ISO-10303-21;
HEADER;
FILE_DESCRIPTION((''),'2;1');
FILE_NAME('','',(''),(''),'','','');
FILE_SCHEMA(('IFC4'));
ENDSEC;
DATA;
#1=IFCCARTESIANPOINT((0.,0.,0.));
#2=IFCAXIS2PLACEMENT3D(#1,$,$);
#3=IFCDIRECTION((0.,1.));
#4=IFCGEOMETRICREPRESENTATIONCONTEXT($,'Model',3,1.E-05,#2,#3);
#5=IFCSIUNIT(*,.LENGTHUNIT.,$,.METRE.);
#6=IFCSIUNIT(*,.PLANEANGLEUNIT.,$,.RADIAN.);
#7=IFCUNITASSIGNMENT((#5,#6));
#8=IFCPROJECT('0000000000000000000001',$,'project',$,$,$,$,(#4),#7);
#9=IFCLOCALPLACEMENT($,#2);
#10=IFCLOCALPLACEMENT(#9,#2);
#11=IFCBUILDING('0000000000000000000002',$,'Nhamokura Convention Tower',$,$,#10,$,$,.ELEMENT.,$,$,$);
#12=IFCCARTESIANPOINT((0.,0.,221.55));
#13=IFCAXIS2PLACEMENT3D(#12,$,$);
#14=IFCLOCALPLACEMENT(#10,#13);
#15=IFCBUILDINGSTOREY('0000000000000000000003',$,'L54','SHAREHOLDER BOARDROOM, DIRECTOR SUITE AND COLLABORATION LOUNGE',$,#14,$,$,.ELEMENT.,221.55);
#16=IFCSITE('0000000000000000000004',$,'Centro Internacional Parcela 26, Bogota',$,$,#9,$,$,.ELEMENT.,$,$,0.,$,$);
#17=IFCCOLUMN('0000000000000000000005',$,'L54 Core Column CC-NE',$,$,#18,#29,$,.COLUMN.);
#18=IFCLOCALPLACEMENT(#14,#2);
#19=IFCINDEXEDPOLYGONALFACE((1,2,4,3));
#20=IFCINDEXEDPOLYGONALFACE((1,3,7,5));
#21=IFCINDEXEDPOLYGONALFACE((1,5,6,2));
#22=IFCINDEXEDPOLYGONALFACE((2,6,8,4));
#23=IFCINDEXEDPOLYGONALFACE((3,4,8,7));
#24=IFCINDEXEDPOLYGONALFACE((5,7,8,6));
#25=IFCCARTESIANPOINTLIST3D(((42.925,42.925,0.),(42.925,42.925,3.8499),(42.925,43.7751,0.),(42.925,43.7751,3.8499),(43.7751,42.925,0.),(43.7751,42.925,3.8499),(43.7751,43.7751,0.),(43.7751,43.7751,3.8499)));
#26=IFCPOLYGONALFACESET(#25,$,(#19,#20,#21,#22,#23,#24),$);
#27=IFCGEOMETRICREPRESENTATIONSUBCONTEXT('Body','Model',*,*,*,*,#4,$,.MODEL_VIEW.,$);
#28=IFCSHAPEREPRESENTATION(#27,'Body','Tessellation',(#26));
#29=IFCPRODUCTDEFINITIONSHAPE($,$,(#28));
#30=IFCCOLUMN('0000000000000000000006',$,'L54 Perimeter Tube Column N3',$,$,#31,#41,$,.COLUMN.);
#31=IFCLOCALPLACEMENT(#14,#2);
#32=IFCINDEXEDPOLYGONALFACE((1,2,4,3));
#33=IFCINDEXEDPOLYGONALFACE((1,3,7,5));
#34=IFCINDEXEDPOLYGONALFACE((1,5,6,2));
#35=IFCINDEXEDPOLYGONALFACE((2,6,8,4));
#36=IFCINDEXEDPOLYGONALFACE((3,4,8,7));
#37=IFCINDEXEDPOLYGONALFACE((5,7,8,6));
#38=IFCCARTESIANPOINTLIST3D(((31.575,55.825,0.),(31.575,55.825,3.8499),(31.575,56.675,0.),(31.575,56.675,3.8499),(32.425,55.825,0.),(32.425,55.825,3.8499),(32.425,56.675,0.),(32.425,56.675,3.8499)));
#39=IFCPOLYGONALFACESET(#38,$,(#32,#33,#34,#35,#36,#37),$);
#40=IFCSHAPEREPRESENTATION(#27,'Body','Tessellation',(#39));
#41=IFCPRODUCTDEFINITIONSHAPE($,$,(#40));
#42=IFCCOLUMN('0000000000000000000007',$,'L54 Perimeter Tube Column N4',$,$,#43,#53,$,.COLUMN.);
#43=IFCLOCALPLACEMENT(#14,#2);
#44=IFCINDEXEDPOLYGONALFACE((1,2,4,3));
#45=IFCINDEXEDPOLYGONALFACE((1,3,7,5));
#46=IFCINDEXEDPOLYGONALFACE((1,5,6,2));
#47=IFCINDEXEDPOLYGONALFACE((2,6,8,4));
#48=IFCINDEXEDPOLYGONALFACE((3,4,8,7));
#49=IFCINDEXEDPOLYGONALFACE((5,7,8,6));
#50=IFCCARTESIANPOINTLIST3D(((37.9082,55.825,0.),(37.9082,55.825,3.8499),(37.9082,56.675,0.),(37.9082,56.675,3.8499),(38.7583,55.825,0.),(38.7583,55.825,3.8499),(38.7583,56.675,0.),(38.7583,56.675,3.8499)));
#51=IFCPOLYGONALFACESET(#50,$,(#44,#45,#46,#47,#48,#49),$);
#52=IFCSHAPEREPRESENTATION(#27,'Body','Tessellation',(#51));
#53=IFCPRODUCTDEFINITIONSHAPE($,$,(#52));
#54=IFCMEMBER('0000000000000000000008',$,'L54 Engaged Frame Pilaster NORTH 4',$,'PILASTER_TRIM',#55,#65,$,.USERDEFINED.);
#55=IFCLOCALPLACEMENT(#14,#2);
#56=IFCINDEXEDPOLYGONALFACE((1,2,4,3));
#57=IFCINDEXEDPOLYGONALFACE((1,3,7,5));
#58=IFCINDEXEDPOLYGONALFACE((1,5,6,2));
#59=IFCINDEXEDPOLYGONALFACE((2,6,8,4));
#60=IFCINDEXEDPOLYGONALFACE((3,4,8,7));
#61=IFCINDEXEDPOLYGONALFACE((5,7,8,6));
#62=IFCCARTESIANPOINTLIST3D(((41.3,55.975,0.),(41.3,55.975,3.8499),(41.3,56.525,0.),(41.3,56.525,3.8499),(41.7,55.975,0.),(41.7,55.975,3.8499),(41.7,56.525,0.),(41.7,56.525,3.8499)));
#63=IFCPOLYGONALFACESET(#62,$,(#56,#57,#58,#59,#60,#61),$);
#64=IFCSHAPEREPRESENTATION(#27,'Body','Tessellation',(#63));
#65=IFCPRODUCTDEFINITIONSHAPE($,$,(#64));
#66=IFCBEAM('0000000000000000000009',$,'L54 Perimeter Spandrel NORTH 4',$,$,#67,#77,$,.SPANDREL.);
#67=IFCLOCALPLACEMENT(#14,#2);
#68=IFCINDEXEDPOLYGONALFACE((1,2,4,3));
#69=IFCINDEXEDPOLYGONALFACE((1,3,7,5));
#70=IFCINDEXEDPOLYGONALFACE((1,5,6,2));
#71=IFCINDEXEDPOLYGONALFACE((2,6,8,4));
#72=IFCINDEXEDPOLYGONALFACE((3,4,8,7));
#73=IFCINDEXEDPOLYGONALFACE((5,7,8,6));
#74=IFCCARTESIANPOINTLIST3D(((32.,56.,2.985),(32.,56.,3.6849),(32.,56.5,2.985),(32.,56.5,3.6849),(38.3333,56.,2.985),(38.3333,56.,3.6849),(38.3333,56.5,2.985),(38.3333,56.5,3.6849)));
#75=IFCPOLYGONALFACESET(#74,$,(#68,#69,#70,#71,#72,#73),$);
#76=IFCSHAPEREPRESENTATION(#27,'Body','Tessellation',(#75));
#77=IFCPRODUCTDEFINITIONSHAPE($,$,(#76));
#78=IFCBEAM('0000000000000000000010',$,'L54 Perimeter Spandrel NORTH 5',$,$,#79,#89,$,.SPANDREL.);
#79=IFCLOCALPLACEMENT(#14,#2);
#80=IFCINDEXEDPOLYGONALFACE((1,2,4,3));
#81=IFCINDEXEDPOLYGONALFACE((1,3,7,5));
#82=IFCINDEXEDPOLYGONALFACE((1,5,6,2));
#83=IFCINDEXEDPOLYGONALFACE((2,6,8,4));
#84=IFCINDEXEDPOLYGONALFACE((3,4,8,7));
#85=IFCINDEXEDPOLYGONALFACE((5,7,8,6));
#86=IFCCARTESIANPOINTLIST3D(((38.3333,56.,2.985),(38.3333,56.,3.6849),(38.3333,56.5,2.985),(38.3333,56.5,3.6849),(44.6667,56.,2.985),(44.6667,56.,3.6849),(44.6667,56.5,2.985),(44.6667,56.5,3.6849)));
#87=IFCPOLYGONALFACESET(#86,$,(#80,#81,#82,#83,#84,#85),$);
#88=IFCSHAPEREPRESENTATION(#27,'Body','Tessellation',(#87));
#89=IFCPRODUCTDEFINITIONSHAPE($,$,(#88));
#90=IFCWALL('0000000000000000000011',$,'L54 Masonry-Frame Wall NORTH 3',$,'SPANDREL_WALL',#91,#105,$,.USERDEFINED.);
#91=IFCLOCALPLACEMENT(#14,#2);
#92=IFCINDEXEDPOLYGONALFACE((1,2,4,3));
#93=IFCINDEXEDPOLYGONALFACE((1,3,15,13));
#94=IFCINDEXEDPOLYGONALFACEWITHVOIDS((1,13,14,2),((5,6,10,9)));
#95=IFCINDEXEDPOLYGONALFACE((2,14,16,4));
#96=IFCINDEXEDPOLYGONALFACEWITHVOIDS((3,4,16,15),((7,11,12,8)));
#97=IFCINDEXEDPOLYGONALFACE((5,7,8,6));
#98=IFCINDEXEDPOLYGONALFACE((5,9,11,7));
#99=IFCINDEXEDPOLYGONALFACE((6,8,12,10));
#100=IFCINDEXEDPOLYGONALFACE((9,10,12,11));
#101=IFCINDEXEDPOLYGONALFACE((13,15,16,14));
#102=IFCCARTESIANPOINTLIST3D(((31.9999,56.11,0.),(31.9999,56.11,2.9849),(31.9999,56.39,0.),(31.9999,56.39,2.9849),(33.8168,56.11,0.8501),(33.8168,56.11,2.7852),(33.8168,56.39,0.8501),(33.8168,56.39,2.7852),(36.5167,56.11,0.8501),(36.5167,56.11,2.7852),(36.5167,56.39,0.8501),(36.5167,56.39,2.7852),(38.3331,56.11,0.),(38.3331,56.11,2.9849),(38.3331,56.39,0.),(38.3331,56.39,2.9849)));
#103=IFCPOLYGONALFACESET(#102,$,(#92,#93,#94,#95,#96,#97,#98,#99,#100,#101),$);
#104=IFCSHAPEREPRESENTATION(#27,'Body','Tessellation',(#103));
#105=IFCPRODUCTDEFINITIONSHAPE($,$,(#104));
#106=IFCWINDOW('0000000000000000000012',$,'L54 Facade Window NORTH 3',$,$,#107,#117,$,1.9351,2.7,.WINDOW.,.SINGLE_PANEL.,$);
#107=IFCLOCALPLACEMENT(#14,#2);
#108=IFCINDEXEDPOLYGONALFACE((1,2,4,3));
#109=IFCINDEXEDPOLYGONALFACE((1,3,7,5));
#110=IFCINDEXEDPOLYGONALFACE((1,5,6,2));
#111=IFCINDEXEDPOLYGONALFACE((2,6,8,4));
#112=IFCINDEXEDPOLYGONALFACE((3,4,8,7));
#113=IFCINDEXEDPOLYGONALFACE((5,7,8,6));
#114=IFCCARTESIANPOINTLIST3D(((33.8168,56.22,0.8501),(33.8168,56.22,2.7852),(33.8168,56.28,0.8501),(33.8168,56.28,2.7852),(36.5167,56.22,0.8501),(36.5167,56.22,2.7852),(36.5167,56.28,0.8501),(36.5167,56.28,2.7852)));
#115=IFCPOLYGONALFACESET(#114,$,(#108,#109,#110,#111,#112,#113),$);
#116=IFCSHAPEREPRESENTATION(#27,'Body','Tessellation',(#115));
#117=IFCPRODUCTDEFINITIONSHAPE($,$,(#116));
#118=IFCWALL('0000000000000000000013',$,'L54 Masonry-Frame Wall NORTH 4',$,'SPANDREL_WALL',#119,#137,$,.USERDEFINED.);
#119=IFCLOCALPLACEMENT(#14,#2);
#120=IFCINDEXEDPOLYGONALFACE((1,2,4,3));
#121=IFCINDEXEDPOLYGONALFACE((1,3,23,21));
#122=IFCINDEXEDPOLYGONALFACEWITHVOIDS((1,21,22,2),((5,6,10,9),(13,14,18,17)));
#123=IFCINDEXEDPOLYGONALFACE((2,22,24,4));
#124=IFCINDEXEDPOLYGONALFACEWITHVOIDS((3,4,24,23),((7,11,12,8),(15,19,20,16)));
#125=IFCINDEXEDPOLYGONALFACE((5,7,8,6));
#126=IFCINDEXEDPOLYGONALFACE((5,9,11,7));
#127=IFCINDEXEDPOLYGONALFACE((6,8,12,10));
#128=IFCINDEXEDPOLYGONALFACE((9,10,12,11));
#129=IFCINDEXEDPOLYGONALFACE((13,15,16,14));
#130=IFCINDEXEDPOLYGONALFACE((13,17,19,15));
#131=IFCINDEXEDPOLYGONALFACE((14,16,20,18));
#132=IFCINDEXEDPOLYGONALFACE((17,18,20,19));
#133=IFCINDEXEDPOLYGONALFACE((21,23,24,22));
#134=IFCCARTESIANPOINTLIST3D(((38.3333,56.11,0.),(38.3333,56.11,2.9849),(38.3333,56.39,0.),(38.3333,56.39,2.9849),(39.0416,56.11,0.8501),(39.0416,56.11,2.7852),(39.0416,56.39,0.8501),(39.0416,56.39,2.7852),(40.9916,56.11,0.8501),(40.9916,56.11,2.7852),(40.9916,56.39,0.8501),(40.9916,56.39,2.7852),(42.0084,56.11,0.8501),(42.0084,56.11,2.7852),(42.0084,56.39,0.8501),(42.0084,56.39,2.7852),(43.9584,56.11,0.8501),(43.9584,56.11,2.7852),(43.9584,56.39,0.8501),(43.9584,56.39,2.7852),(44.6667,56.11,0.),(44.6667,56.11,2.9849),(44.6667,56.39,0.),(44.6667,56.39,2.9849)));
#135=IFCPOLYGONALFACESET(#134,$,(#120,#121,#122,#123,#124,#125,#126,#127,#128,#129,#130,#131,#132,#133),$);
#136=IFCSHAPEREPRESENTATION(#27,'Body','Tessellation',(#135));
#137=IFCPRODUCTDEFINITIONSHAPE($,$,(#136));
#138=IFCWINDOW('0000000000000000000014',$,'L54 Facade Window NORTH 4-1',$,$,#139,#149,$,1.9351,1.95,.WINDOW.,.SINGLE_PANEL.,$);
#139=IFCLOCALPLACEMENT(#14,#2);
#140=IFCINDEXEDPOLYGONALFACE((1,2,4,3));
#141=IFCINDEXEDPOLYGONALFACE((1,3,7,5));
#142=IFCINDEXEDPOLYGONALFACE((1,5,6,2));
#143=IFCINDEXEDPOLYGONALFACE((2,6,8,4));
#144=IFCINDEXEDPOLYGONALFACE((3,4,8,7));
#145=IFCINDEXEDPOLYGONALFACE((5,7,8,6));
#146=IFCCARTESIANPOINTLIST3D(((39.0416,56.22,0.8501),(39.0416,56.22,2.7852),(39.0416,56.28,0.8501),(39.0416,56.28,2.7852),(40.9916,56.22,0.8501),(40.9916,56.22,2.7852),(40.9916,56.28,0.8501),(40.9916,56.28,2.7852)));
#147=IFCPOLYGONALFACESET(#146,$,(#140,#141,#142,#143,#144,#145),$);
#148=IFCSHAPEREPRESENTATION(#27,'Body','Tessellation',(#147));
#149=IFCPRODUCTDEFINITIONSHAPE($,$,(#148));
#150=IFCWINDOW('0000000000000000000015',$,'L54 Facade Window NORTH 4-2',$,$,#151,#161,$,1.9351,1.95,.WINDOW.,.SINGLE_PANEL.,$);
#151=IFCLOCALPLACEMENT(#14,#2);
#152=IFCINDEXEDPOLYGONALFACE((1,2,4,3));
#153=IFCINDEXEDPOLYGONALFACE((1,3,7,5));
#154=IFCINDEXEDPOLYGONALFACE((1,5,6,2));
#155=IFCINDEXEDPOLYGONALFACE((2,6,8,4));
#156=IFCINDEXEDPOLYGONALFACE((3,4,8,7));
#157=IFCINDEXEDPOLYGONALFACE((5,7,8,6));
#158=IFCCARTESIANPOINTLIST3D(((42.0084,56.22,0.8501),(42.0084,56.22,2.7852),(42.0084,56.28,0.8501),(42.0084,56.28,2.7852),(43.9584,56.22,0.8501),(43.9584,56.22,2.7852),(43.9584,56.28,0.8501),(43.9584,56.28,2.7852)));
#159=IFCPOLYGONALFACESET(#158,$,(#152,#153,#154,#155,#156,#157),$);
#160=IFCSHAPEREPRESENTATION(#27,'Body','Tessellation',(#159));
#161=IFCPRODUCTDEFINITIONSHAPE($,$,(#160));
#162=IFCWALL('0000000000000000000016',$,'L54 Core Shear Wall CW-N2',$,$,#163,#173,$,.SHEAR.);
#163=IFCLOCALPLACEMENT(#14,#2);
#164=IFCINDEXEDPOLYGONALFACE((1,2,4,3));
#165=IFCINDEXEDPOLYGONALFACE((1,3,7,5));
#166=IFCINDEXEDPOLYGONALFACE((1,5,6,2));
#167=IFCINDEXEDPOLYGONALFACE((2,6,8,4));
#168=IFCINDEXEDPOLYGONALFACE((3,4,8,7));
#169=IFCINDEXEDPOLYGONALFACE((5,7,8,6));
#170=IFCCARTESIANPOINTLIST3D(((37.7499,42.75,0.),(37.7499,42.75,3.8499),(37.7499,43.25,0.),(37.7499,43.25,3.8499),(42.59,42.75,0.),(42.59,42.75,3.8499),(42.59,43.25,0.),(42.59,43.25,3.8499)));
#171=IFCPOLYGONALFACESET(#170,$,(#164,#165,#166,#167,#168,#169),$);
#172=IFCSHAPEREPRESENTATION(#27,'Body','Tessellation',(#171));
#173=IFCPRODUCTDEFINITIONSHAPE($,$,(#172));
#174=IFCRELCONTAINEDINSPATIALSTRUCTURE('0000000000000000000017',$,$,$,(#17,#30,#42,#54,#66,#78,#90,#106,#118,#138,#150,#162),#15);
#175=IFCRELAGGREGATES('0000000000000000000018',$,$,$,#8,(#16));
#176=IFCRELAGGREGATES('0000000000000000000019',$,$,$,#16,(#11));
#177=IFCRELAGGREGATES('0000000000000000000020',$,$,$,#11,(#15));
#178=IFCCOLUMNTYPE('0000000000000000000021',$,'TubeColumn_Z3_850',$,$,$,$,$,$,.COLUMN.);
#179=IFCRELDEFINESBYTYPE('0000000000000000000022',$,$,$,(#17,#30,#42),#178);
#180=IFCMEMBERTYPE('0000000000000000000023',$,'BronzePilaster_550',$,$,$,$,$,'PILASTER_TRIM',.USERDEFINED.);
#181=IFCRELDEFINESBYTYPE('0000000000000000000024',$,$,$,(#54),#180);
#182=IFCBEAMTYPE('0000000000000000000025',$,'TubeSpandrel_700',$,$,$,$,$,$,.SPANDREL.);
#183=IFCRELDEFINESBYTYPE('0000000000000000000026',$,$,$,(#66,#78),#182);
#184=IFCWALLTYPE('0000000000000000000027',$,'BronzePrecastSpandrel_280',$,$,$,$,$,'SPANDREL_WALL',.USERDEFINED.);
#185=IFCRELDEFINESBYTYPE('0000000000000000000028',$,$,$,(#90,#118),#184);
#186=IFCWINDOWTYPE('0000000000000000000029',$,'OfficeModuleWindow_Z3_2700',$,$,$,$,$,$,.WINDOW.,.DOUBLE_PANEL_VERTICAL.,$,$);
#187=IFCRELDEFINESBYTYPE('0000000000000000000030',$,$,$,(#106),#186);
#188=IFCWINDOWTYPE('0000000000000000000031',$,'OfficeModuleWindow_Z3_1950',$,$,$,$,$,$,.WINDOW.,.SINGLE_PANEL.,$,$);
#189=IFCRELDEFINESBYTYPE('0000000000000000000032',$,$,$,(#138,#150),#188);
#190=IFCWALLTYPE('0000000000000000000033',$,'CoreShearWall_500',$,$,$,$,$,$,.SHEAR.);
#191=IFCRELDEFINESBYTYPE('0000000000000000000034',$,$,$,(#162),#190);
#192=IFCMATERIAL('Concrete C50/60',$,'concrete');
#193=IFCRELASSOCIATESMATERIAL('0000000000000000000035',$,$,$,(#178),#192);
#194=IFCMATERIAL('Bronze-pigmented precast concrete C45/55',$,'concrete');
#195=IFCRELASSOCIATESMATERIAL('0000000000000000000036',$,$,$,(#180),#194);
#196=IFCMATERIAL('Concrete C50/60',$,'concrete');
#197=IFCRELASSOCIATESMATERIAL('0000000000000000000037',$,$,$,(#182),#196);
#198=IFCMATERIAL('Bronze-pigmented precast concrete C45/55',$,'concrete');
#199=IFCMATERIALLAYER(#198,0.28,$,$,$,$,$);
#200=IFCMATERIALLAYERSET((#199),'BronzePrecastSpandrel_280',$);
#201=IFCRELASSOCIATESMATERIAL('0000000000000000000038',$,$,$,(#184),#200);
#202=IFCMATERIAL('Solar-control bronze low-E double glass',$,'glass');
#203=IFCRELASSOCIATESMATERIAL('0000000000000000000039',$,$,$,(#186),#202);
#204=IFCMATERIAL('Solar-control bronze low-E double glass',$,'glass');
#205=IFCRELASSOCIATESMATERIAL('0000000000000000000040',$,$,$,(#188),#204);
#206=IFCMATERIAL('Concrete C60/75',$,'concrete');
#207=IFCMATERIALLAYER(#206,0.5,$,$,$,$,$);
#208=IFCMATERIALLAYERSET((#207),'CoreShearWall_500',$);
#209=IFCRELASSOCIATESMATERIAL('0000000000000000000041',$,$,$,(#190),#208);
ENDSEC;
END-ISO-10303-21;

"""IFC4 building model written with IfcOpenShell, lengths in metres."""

from ifc_helpers import new_model, si_unit, direction, frame, frame_2d, origin, origin_2d, place, context, subcontext, project, spatial, rectangle, extrude, material, layer, layer_set, material_profile, profile_set, type_object, element, fill, save


model = new_model("IFC4")

# Units and contexts
model_context = context("Model", 3, precision=1e-05, world=origin(), true_north=direction((0.0, 1.0)))
body_context = subcontext(model_context, "Body", "Model", "MODEL_VIEW")
ifc_project = project(units=[si_unit("LENGTHUNIT", "METRE"), si_unit("PLANEANGLEUNIT", "RADIAN")], contexts=[model_context])

# Site, building, storey
site_placement = place(None, origin())
site = spatial("IfcSite", under=ifc_project, at=site_placement, Name="Centro Internacional Parcela 26, Bogota", CompositionType="ELEMENT", RefElevation=0.0)
building_placement = place(site_placement, origin())
building = spatial("IfcBuilding", under=site, at=building_placement, Name="Nhamokura Convention Tower", CompositionType="ELEMENT")
storey_placement = place(building_placement, frame((0.0, 0.0, 221.55)))
storey = spatial("IfcBuildingStorey", under=building, at=storey_placement, Name="L54", Description="SHAREHOLDER BOARDROOM, DIRECTOR SUITE AND COLLABORATION LOUNGE", CompositionType="ELEMENT", Elevation=221.55)

# Columns
ifc_material_1 = material(Name="Concrete C50/60", Category="concrete")
ifc_material_profile_1 = material_profile(ifc_material_1, rectangle(XDim=0.8501, YDim=0.8501, at=origin_2d()))
ifc_profile_set_1 = profile_set([ifc_material_profile_1], Name="Concrete C50/60")
column_type = type_object("IfcColumnType", Name="TubeColumn_Z3_850", PredefinedType="COLUMN", material=ifc_profile_set_1)
for number, where, z_axis, x_axis, name in (
    (1, (43.3501, 43.3501, 0.0), (0.0, 0.0, 1.0), (1.0, 0.0, 0.0), "L54 Core Column CC-NE"),
    (2, (32.0, 56.25, 0.0), (0.0, 0.0, 1.0), (1.0, 0.0, 0.0), "L54 Perimeter Tube Column N3"),
    (3, (38.3333, 56.25, 0.0), (0.0, 0.0, 1.0), (1.0, 0.0, 0.0), "L54 Perimeter Tube Column N4"),
):
    element("IfcColumn", number, at=place(storey_placement, frame(where, z_axis=z_axis, x_axis=x_axis)), inside=storey, type_object=column_type, Name=name, PredefinedType="COLUMN", context=body_context, shape_type="SweptSolid", body=[
        extrude(rectangle(XDim=0.8501, YDim=0.8501, at=origin_2d()), origin(), (0.0, 0.0, 1.0), 3.8499),
    ])

# Member
ifc_material_2 = material(Name="Bronze-pigmented precast concrete C45/55", Category="concrete")
ifc_material_profile_2 = material_profile(ifc_material_2, rectangle(XDim=0.3999, YDim=0.55, at=origin_2d()))
ifc_profile_set_2 = profile_set([ifc_material_profile_2], Name="Bronze-pigmented precast concrete C45/55")
member_type = type_object("IfcMemberType", Name="BronzePilaster_550", ElementType="PILASTER_TRIM", PredefinedType="USERDEFINED", material=ifc_profile_set_2)
member_placement = place(storey_placement, frame((41.5, 56.25, 0.0), z_axis=(0.0, 0.0, 1.0), x_axis=(1.0, 0.0, 0.0)))
element("IfcMember", 4, at=member_placement, inside=storey, type_object=member_type, Name="L54 Engaged Frame Pilaster NORTH 4", ObjectType="PILASTER_TRIM", PredefinedType="USERDEFINED", context=body_context, shape_type="SweptSolid", body=[
    extrude(rectangle(XDim=0.3999, YDim=0.55, at=origin_2d()), origin(), (0.0, 0.0, 1.0), 3.8499),
])

# Beams
ifc_material_3 = material(Name="Concrete C50/60", Category="concrete")
ifc_material_profile_3 = material_profile(ifc_material_3, rectangle(XDim=0.5, YDim=0.7, at=origin_2d()))
ifc_profile_set_3 = profile_set([ifc_material_profile_3], Name="Concrete C50/60")
beam_type = type_object("IfcBeamType", Name="TubeSpandrel_700", PredefinedType="SPANDREL", material=ifc_profile_set_3)
beam_1_placement = place(storey_placement, frame((32.0, 56.25, 3.335), z_axis=(1.0, 0.0, 0.0), x_axis=(0.0, 1.0, 0.0)))
element("IfcBeam", 5, at=beam_1_placement, inside=storey, type_object=beam_type, Name="L54 Perimeter Spandrel NORTH 4", PredefinedType="SPANDREL", context=body_context, shape_type="SweptSolid", body=[
    extrude(rectangle(XDim=0.5, YDim=0.7, at=origin_2d()), origin(), (0.0, 0.0, 1.0), 6.3333),
])
beam_2_placement = place(storey_placement, frame((38.3333, 56.25, 3.335), z_axis=(1.0, 0.0, 0.0), x_axis=(0.0, 1.0, 0.0)))
element("IfcBeam", 6, at=beam_2_placement, inside=storey, type_object=beam_type, Name="L54 Perimeter Spandrel NORTH 5", PredefinedType="SPANDREL", context=body_context, shape_type="SweptSolid", body=[
    extrude(rectangle(XDim=0.5, YDim=0.7, at=origin_2d()), origin(), (0.0, 0.0, 1.0), 6.3335),
])

# Wall, opening, window
ifc_material_4 = material(Name="Bronze-pigmented precast concrete C45/55", Category="concrete")
ifc_layer_1 = layer(ifc_material_4, 0.28)
ifc_layer_set_1 = layer_set([ifc_layer_1], Name="BronzePrecastSpandrel_280")
wall_type_1 = type_object("IfcWallType", Name="BronzePrecastSpandrel_280", ElementType="SPANDREL_WALL", PredefinedType="USERDEFINED", material=ifc_layer_set_1)
wall_1_placement = place(storey_placement, frame((32.0, 56.25, 0.0), z_axis=(0.0, 0.0, 1.0), x_axis=(1.0, 0.0, 0.0)))
wall_1 = element("IfcWall", 7, at=wall_1_placement, inside=storey, type_object=wall_type_1, Name="L54 Masonry-Frame Wall NORTH 3", ObjectType="SPANDREL_WALL", PredefinedType="USERDEFINED", context=body_context, shape_type="SweptSolid", body=[
    extrude(rectangle(XDim=6.3333, YDim=0.28, at=frame_2d((3.1665, 0.0))), origin(), (0.0, 0.0, 1.0), 2.9849),
])
opening_1_placement = place(wall_1_placement, frame((1.8167, 0.0, 0.8501)))
opening_1 = element("IfcOpeningElement", 8, at=opening_1_placement, cuts=wall_1, PredefinedType="OPENING", context=body_context, shape_type="SweptSolid", body=[
    extrude(rectangle(XDim=2.7, YDim=1.9351, at=frame_2d((1.3501, 0.9675))), frame((0.0, 0.1499, 0.0), z_axis=(0.0, -1.0, 0.0), x_axis=(1.0, 0.0, 0.0)), (0.0, 0.0, 1.0), 0.3),
])
ifc_material_5 = material(Name="Solar-control bronze low-E double glass", Category="glass")
window_type_1 = type_object("IfcWindowType", Name="OfficeModuleWindow_Z3_2700", PartitioningType="DOUBLE_PANEL_VERTICAL", PredefinedType="WINDOW", material=ifc_material_5)
window_1_placement = place(opening_1_placement, origin())
window_1 = element("IfcWindow", 9, at=window_1_placement, inside=storey, type_object=window_type_1, Name="L54 Facade Window NORTH 3", OverallHeight=1.9351, OverallWidth=2.7, PartitioningType="SINGLE_PANEL", PredefinedType="WINDOW", context=body_context, shape_type="SweptSolid", body=[
    extrude(rectangle(XDim=2.7, YDim=1.9351, at=frame_2d((1.3501, 0.9675))), frame((0.0, 0.03, 0.0), z_axis=(0.0, -1.0, 0.0), x_axis=(1.0, 0.0, 0.0)), (0.0, 0.0, 1.0), 0.0601),
])
fill(opening_1, window_1)

# Wall, openings, windows
wall_2_placement = place(storey_placement, frame((38.3333, 56.25, 0.0), z_axis=(0.0, 0.0, 1.0), x_axis=(1.0, 0.0, 0.0)))
wall_2 = element("IfcWall", 10, at=wall_2_placement, inside=storey, type_object=wall_type_1, Name="L54 Masonry-Frame Wall NORTH 4", ObjectType="SPANDREL_WALL", PredefinedType="USERDEFINED", context=body_context, shape_type="SweptSolid", body=[
    extrude(rectangle(XDim=6.3335, YDim=0.28, at=frame_2d((3.1667, 0.0))), origin(), (0.0, 0.0, 1.0), 2.9849),
])
opening_2_placement = place(wall_2_placement, frame((0.7083, 0.0, 0.8501)))
opening_2 = element("IfcOpeningElement", 11, at=opening_2_placement, cuts=wall_2, PredefinedType="OPENING", context=body_context, shape_type="SweptSolid", body=[
    extrude(rectangle(XDim=1.95, YDim=1.9351, at=frame_2d((0.9751, 0.9675))), frame((0.0, 0.1499, 0.0), z_axis=(0.0, -1.0, 0.0), x_axis=(1.0, 0.0, 0.0)), (0.0, 0.0, 1.0), 0.3),
])
opening_3_placement = place(wall_2_placement, frame((3.675, 0.0, 0.8501)))
opening_3 = element("IfcOpeningElement", 12, at=opening_3_placement, cuts=wall_2, PredefinedType="OPENING", context=body_context, shape_type="SweptSolid", body=[
    extrude(rectangle(XDim=1.95, YDim=1.9351, at=frame_2d((0.9751, 0.9675))), frame((0.0, 0.1499, 0.0), z_axis=(0.0, -1.0, 0.0), x_axis=(1.0, 0.0, 0.0)), (0.0, 0.0, 1.0), 0.3),
])
ifc_material_6 = material(Name="Solar-control bronze low-E double glass", Category="glass")
window_type_2 = type_object("IfcWindowType", Name="OfficeModuleWindow_Z3_1950", PartitioningType="SINGLE_PANEL", PredefinedType="WINDOW", material=ifc_material_6)
window_2_placement = place(opening_2_placement, origin())
window_2 = element("IfcWindow", 13, at=window_2_placement, inside=storey, type_object=window_type_2, Name="L54 Facade Window NORTH 4-1", OverallHeight=1.9351, OverallWidth=1.95, PartitioningType="SINGLE_PANEL", PredefinedType="WINDOW", context=body_context, shape_type="SweptSolid", body=[
    extrude(rectangle(XDim=1.95, YDim=1.9351, at=frame_2d((0.9751, 0.9675))), frame((0.0, 0.03, 0.0), z_axis=(0.0, -1.0, 0.0), x_axis=(1.0, 0.0, 0.0)), (0.0, 0.0, 1.0), 0.0601),
])
fill(opening_2, window_2)
window_3_placement = place(opening_3_placement, origin())
window_3 = element("IfcWindow", 14, at=window_3_placement, inside=storey, type_object=window_type_2, Name="L54 Facade Window NORTH 4-2", OverallHeight=1.9351, OverallWidth=1.95, PartitioningType="SINGLE_PANEL", PredefinedType="WINDOW", context=body_context, shape_type="SweptSolid", body=[
    extrude(rectangle(XDim=1.95, YDim=1.9351, at=frame_2d((0.9751, 0.9675))), frame((0.0, 0.03, 0.0), z_axis=(0.0, -1.0, 0.0), x_axis=(1.0, 0.0, 0.0)), (0.0, 0.0, 1.0), 0.0601),
])
fill(opening_3, window_3)

# Wall
ifc_material_7 = material(Name="Concrete C60/75", Category="concrete")
ifc_layer_2 = layer(ifc_material_7, 0.5)
ifc_layer_set_2 = layer_set([ifc_layer_2], Name="CoreShearWall_500")
wall_type_2 = type_object("IfcWallType", Name="CoreShearWall_500", PredefinedType="SHEAR", material=ifc_layer_set_2)
wall_3_placement = place(storey_placement, frame((37.75, 43.0, 0.0), z_axis=(0.0, 0.0, 1.0), x_axis=(1.0, 0.0, 0.0)))
element("IfcWall", 15, at=wall_3_placement, inside=storey, type_object=wall_type_2, Name="L54 Core Shear Wall CW-N2", PredefinedType="SHEAR", context=body_context, shape_type="SweptSolid", body=[
    extrude(rectangle(XDim=4.8401, YDim=0.5, at=frame_2d((2.4199, 0.0))), origin(), (0.0, 0.0, 1.0), 3.8499),
])

save(model, "model.ifc")
